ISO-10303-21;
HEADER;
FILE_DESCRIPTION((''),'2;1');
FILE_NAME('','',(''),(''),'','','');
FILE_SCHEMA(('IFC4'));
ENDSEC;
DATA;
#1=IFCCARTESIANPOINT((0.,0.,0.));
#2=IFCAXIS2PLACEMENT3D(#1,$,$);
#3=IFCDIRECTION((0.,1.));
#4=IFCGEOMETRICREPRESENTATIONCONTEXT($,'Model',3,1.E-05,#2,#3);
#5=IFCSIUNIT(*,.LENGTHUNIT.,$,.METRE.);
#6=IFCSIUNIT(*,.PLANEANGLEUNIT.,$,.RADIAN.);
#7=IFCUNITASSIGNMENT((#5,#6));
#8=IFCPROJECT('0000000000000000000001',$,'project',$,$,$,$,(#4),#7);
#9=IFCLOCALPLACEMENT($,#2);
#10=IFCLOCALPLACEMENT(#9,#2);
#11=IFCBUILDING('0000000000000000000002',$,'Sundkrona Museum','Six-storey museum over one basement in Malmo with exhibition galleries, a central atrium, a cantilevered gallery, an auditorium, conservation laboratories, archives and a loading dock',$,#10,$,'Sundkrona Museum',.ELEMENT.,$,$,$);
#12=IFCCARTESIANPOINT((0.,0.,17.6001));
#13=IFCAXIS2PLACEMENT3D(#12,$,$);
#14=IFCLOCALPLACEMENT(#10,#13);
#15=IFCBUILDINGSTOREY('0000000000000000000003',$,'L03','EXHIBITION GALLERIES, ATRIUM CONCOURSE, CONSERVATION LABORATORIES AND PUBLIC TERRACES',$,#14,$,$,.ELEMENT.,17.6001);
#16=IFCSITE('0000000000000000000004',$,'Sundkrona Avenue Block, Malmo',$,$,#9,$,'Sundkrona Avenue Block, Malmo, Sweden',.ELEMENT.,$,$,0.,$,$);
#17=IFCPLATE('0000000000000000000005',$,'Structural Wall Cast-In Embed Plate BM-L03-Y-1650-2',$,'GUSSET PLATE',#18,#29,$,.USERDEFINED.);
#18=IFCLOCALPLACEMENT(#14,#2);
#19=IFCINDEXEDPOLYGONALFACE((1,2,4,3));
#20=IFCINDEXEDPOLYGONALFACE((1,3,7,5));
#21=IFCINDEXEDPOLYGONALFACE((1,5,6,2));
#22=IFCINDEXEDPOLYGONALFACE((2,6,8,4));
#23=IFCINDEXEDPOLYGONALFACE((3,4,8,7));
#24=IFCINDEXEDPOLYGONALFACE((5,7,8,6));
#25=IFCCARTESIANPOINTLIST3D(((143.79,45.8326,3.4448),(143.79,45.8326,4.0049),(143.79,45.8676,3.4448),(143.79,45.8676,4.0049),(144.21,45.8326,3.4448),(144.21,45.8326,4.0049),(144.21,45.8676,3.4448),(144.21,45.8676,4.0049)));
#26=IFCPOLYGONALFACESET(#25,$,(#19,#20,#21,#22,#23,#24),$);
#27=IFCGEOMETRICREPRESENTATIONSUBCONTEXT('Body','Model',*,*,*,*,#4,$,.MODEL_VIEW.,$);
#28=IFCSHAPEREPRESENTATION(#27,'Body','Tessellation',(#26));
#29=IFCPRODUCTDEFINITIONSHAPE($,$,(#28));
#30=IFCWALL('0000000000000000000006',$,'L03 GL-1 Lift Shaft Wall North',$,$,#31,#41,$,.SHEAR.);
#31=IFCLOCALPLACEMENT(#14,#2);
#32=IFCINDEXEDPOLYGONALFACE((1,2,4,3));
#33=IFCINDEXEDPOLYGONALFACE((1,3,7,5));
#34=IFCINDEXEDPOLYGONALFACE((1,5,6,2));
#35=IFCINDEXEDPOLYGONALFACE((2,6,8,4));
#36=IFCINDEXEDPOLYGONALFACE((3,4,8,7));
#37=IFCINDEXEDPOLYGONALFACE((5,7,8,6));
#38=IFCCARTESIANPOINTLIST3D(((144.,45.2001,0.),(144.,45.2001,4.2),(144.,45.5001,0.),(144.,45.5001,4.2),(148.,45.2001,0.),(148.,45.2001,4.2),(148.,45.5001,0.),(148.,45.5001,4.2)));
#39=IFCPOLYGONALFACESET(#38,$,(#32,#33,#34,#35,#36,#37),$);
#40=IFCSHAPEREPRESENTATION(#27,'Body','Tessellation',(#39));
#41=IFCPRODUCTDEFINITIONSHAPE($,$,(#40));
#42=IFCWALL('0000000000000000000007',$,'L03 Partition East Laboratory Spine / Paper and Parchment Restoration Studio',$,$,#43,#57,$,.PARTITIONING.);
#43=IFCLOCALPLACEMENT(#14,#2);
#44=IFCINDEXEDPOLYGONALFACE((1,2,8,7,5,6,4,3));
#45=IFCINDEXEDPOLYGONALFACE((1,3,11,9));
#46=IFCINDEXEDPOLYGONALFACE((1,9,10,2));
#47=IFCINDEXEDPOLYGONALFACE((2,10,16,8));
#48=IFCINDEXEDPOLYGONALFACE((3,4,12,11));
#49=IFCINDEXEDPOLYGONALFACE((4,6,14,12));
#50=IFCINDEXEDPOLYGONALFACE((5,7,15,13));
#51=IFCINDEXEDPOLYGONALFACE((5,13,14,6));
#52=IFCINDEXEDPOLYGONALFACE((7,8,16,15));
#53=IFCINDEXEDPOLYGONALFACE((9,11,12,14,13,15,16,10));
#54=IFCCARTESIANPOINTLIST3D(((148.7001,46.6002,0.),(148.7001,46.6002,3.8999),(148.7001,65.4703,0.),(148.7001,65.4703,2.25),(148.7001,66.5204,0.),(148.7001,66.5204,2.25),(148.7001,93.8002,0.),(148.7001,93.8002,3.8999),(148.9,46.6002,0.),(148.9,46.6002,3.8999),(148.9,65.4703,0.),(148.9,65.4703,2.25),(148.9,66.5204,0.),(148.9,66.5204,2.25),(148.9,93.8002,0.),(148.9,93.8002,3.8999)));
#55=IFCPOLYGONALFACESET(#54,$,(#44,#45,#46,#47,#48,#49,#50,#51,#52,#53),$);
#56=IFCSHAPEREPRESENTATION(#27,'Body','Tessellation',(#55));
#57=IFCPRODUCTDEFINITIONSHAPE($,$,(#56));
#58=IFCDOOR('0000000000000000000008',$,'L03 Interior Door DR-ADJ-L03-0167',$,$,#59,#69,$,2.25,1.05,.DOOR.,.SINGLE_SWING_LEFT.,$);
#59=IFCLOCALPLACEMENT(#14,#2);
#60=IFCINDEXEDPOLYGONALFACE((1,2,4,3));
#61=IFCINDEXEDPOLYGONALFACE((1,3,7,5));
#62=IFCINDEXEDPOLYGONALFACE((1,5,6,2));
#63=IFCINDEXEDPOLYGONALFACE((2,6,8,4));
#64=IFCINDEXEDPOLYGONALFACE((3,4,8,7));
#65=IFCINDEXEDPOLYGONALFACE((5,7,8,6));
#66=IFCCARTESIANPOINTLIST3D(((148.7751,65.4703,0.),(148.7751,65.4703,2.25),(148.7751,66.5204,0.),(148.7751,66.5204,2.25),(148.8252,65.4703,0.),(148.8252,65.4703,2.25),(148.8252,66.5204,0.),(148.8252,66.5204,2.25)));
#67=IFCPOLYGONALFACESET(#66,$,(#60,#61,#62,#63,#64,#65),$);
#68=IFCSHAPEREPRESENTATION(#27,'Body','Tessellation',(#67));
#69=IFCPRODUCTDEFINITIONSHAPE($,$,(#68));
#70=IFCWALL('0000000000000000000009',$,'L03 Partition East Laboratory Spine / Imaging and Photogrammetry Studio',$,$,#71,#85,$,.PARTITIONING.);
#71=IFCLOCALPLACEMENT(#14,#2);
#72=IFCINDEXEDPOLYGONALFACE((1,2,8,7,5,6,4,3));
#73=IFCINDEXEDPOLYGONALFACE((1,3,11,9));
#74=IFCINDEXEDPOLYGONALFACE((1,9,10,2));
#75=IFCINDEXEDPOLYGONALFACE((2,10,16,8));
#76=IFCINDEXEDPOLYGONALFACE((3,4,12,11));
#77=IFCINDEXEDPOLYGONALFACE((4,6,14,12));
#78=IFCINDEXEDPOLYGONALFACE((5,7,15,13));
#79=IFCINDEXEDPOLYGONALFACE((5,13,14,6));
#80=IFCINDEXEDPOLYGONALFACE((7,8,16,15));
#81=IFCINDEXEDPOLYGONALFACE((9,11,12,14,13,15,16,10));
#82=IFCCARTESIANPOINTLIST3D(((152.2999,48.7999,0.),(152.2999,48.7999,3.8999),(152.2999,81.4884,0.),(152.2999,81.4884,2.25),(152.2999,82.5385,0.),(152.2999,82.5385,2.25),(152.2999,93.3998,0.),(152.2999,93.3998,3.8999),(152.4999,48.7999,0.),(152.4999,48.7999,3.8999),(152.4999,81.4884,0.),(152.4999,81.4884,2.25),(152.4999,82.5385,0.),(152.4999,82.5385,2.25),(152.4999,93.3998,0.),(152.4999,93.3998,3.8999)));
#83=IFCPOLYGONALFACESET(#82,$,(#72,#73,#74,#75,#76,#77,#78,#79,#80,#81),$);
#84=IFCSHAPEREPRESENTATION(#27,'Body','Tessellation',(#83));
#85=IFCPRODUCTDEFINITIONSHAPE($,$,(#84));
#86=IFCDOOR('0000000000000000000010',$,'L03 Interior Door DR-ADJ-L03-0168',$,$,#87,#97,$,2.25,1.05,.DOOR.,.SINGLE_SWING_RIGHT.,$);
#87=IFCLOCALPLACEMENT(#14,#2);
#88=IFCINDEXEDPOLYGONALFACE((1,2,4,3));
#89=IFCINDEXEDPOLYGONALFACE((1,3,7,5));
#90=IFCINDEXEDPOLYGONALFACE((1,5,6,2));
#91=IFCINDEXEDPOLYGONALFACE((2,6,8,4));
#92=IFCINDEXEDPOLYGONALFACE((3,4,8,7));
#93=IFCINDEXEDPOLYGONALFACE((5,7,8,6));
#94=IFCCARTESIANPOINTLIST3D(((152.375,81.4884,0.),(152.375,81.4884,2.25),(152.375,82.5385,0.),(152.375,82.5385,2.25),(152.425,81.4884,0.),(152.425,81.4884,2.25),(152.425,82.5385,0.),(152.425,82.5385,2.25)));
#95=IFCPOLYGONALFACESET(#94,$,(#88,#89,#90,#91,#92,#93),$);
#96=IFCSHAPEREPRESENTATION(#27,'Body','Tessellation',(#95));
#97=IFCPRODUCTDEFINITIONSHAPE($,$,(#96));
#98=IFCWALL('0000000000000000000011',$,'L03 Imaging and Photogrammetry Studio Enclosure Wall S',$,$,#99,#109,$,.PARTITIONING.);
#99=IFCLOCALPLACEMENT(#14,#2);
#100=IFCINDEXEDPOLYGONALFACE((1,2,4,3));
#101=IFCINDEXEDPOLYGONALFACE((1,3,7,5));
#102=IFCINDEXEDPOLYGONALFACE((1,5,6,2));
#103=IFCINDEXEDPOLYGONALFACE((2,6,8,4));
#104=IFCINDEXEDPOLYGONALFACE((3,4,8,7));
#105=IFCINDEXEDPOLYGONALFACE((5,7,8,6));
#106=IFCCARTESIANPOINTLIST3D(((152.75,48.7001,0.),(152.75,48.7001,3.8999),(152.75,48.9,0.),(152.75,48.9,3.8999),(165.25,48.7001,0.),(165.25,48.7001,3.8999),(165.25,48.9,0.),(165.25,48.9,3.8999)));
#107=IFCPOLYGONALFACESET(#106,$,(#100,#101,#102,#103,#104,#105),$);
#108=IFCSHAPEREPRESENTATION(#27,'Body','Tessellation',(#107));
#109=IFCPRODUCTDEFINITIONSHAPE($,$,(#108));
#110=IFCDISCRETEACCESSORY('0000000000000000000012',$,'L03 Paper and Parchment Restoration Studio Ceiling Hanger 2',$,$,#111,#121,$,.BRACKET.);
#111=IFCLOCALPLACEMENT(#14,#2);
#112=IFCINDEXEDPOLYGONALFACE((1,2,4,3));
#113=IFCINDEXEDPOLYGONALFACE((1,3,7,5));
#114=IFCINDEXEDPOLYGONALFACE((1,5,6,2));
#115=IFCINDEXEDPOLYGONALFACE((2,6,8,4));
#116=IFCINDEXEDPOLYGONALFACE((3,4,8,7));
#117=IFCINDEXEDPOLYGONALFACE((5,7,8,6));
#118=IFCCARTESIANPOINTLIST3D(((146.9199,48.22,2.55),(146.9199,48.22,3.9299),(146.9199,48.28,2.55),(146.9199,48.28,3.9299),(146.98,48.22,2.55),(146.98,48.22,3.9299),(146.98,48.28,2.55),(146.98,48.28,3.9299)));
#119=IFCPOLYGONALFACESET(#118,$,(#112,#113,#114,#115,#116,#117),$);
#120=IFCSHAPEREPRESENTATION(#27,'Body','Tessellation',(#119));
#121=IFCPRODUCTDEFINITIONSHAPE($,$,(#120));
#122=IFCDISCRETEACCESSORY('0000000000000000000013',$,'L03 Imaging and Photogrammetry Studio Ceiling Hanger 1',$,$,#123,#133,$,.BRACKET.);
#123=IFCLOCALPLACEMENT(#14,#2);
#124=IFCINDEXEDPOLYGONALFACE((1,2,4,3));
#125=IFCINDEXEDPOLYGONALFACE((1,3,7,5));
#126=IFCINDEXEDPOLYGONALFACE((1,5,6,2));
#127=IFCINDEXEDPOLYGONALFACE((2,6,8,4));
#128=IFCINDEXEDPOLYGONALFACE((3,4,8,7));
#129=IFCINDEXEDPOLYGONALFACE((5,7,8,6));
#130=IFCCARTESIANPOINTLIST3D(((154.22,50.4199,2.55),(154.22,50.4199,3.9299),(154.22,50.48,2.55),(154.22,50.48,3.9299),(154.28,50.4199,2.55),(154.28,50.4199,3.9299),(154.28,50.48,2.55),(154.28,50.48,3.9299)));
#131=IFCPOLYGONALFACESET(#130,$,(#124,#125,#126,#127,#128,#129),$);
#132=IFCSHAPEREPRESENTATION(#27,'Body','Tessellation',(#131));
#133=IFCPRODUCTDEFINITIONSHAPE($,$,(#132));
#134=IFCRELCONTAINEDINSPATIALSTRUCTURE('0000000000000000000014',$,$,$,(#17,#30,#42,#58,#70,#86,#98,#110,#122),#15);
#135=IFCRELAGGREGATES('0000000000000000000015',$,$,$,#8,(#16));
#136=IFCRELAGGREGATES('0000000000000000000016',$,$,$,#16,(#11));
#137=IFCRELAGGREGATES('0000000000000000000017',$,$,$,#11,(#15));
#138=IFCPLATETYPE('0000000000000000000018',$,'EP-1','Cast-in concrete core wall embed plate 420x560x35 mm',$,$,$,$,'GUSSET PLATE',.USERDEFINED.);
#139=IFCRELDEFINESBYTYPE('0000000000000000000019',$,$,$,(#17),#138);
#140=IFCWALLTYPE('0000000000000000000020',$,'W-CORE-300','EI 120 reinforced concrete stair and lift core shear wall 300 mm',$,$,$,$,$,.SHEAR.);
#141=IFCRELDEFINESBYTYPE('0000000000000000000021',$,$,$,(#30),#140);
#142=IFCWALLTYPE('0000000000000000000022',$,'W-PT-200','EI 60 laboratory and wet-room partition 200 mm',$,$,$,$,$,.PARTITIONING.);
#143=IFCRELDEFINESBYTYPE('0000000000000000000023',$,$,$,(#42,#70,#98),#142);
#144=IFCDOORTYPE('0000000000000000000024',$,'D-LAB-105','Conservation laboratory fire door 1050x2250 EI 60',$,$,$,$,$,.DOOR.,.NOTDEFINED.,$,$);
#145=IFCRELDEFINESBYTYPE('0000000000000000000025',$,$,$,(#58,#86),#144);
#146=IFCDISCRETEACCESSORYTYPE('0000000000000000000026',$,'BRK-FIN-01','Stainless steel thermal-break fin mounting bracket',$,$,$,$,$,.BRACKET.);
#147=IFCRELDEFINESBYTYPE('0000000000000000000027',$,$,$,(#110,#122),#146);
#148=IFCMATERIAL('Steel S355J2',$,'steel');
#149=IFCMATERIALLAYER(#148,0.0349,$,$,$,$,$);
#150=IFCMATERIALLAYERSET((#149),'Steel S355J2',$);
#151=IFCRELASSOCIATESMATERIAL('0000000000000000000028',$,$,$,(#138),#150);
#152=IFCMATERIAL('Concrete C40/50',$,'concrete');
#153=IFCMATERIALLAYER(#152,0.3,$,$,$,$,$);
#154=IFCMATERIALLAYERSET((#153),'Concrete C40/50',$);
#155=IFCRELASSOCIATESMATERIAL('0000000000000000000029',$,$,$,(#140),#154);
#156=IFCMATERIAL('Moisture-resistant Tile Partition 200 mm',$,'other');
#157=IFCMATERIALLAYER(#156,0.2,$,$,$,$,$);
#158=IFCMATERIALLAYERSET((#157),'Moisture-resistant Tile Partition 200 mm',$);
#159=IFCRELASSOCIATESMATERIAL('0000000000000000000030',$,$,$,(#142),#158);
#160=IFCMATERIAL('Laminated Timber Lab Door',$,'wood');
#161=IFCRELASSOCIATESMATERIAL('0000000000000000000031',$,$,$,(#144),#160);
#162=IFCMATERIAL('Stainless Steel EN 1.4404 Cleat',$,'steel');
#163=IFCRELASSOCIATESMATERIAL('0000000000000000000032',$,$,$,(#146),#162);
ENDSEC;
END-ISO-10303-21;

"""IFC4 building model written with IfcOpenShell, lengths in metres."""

from ifc_helpers import new_model, si_unit, direction, frame, frame_2d, origin, origin_2d, place, context, subcontext, project, spatial, rectangle, extrude, material, layer, layer_set, type_object, element, fill, save


model = new_model("IFC4")

# Units and contexts
model_context = context("Model", 3, precision=1e-05, world=origin(), true_north=direction((0.0, 1.0)))
body_context = subcontext(model_context, "Body", "Model", "MODEL_VIEW")
ifc_project = project(units=[si_unit("LENGTHUNIT", "METRE"), si_unit("PLANEANGLEUNIT", "RADIAN")], contexts=[model_context])

# Site, building, storey
site_placement = place(None, origin())
site = spatial("IfcSite", under=ifc_project, at=site_placement, Name="Sundkrona Avenue Block, Malmo", LongName="Sundkrona Avenue Block, Malmo, Sweden", CompositionType="ELEMENT", RefElevation=0.0)
building_placement = place(site_placement, origin())
building = spatial("IfcBuilding", under=site, at=building_placement, Name="Sundkrona Museum", Description="Six-storey museum over one basement in Malmo with exhibition galleries, a central atrium, a cantilevered gallery, an auditorium, conservation laboratories, archives and a loading dock", LongName="Sundkrona Museum", CompositionType="ELEMENT")
storey_placement = place(building_placement, frame((0.0, 0.0, 17.6001)))
storey = spatial("IfcBuildingStorey", under=building, at=storey_placement, Name="L03", Description="EXHIBITION GALLERIES, ATRIUM CONCOURSE, CONSERVATION LABORATORIES AND PUBLIC TERRACES", CompositionType="ELEMENT", Elevation=17.6001)

# Shared definitions
ifc_material_1 = material(Name="Steel S355J2", Category="steel")

# Plate
ifc_layer_1 = layer(ifc_material_1, 0.0349)
ifc_layer_set_1 = layer_set([ifc_layer_1], Name="Steel S355J2")
plate_type = type_object("IfcPlateType", Name="EP-1", Description="Cast-in concrete core wall embed plate 420x560x35 mm", ElementType="GUSSET PLATE", PredefinedType="USERDEFINED", material=ifc_layer_set_1)
plate_placement = place(storey_placement, frame((144.0, 45.8501, 3.4448), z_axis=(0.0, 0.0, 1.0), x_axis=(1.0, 0.0, 0.0)))
element("IfcPlate", 1, at=plate_placement, inside=storey, type_object=plate_type, Name="Structural Wall Cast-In Embed Plate BM-L03-Y-1650-2", ObjectType="GUSSET PLATE", PredefinedType="USERDEFINED", context=body_context, shape_type="SweptSolid", body=[
    extrude(rectangle(XDim=0.4199, YDim=0.0349, at=origin_2d()), origin(), (0.0, 0.0, 1.0), 0.5601),
])

# Wall
ifc_material_2 = material(Name="Concrete C40/50", Category="concrete")
ifc_layer_2 = layer(ifc_material_2, 0.3)
ifc_layer_set_2 = layer_set([ifc_layer_2], Name="Concrete C40/50")
wall_type_1 = type_object("IfcWallType", Name="W-CORE-300", Description="EI 120 reinforced concrete stair and lift core shear wall 300 mm", PredefinedType="SHEAR", material=ifc_layer_set_2)
wall_1_placement = place(storey_placement, frame((144.0, 45.3501, 0.0), z_axis=(0.0, 0.0, 1.0), x_axis=(1.0, 0.0, 0.0)))
element("IfcWall", 2, at=wall_1_placement, inside=storey, type_object=wall_type_1, Name="L03 GL-1 Lift Shaft Wall North", PredefinedType="SHEAR", context=body_context, shape_type="SweptSolid", body=[
    extrude(rectangle(XDim=4.0, YDim=0.3, at=frame_2d((2.0, 0.0))), origin(), (0.0, 0.0, 1.0), 4.2),
])

# Walls, openings, doors
ifc_material_3 = material(Name="Moisture-resistant Tile Partition 200 mm", Category="other")
ifc_layer_3 = layer(ifc_material_3, 0.2)
ifc_layer_set_3 = layer_set([ifc_layer_3], Name="Moisture-resistant Tile Partition 200 mm")
wall_type_2 = type_object("IfcWallType", Name="W-PT-200", Description="EI 60 laboratory and wet-room partition 200 mm", PredefinedType="PARTITIONING", material=ifc_layer_set_3)
wall_2_placement = place(storey_placement, frame((148.8, 46.6001, 0.0), z_axis=(0.0, 0.0, 1.0), x_axis=(0.0, 1.0, 0.0)))
wall_2 = element("IfcWall", 3, at=wall_2_placement, inside=storey, type_object=wall_type_2, Name="L03 Partition East Laboratory Spine / Paper and Parchment Restoration Studio", PredefinedType="PARTITIONING", context=body_context, shape_type="SweptSolid", body=[
    extrude(rectangle(XDim=47.2, YDim=0.2, at=frame_2d((23.6001, 0.0))), origin(), (0.0, 0.0, 1.0), 3.8999),
])
opening_1_placement = place(wall_2_placement, frame((18.8704, 0.0, 0.0)))
opening_1 = element("IfcOpeningElement", 4, at=opening_1_placement, cuts=wall_2, PredefinedType="OPENING", context=body_context, shape_type="SweptSolid", body=[
    extrude(rectangle(XDim=1.05, YDim=2.25, at=frame_2d((0.5249, 1.125))), frame((0.0, 0.1099, 0.0), z_axis=(0.0, -1.0, 0.0), x_axis=(1.0, 0.0, 0.0)), (0.0, 0.0, 1.0), 0.22),
])
ifc_material_4 = material(Name="Laminated Timber Lab Door", Category="wood")
door_type = type_object("IfcDoorType", Name="D-LAB-105", Description="Conservation laboratory fire door 1050x2250 EI 60", OperationType="NOTDEFINED", PredefinedType="DOOR", material=ifc_material_4)
door_1_placement = place(opening_1_placement, origin())
door_1 = element("IfcDoor", 5, at=door_1_placement, inside=storey, type_object=door_type, Name="L03 Interior Door DR-ADJ-L03-0167", OperationType="SINGLE_SWING_LEFT", OverallHeight=2.25, OverallWidth=1.05, PredefinedType="DOOR", context=body_context, shape_type="SweptSolid", body=[
    extrude(rectangle(XDim=1.05, YDim=2.25, at=frame_2d((0.5249, 1.125))), frame((0.0, 0.0249, 0.0), z_axis=(0.0, -1.0, 0.0), x_axis=(1.0, 0.0, 0.0)), (0.0, 0.0, 1.0), 0.05),
])
fill(opening_1, door_1)
wall_3_placement = place(storey_placement, frame((152.3999, 48.8, 0.0), z_axis=(0.0, 0.0, 1.0), x_axis=(0.0, 1.0, 0.0)))
wall_3 = element("IfcWall", 6, at=wall_3_placement, inside=storey, type_object=wall_type_2, Name="L03 Partition East Laboratory Spine / Imaging and Photogrammetry Studio", PredefinedType="PARTITIONING", context=body_context, shape_type="SweptSolid", body=[
    extrude(rectangle(XDim=44.5999, YDim=0.2, at=frame_2d((22.2998, 0.0))), origin(), (0.0, 0.0, 1.0), 3.8999),
])
opening_2_placement = place(wall_3_placement, frame((32.6885, 0.0, 0.0)))
opening_2 = element("IfcOpeningElement", 7, at=opening_2_placement, cuts=wall_3, PredefinedType="OPENING", context=body_context, shape_type="SweptSolid", body=[
    extrude(rectangle(XDim=1.05, YDim=2.25, at=frame_2d((0.5249, 1.125))), frame((0.0, 0.1099, 0.0), z_axis=(0.0, -1.0, 0.0), x_axis=(1.0, 0.0, 0.0)), (0.0, 0.0, 1.0), 0.22),
])
door_2_placement = place(opening_2_placement, origin())
door_2 = element("IfcDoor", 8, at=door_2_placement, inside=storey, type_object=door_type, Name="L03 Interior Door DR-ADJ-L03-0168", OperationType="SINGLE_SWING_RIGHT", OverallHeight=2.25, OverallWidth=1.05, PredefinedType="DOOR", context=body_context, shape_type="SweptSolid", body=[
    extrude(rectangle(XDim=1.05, YDim=2.25, at=frame_2d((0.5249, 1.125))), frame((0.0, 0.0249, 0.0), z_axis=(0.0, -1.0, 0.0), x_axis=(1.0, 0.0, 0.0)), (0.0, 0.0, 1.0), 0.05),
])
fill(opening_2, door_2)

# Wall
wall_4_placement = place(storey_placement, frame((152.75, 48.8, 0.0), z_axis=(0.0, 0.0, 1.0), x_axis=(1.0, 0.0, 0.0)))
element("IfcWall", 9, at=wall_4_placement, inside=storey, type_object=wall_type_2, Name="L03 Imaging and Photogrammetry Studio Enclosure Wall S", PredefinedType="PARTITIONING", context=body_context, shape_type="SweptSolid", body=[
    extrude(rectangle(XDim=12.5, YDim=0.2, at=frame_2d((6.25, 0.0))), origin(), (0.0, 0.0, 1.0), 3.8999),
])

# Discrete accessories
ifc_material_5 = material(Name="Stainless Steel EN 1.4404 Cleat", Category="steel")
discrete_accessory_type = type_object("IfcDiscreteAccessoryType", Name="BRK-FIN-01", Description="Stainless steel thermal-break fin mounting bracket", PredefinedType="BRACKET", material=ifc_material_5)
for number, where, z_axis, x_axis, name in (
    (10, (146.95, 48.25, 2.55), (0.0, 0.0, 1.0), (1.0, 0.0, 0.0), "L03 Paper and Parchment Restoration Studio Ceiling Hanger 2"),
    (11, (154.25, 50.45, 2.55), (0.0, 0.0, 1.0), (1.0, 0.0, 0.0), "L03 Imaging and Photogrammetry Studio Ceiling Hanger 1"),
):
    element("IfcDiscreteAccessory", number, at=place(storey_placement, frame(where, z_axis=z_axis, x_axis=x_axis)), inside=storey, type_object=discrete_accessory_type, Name=name, PredefinedType="BRACKET", context=body_context, shape_type="SweptSolid", body=[
        extrude(rectangle(XDim=0.0601, YDim=0.0601, at=origin_2d()), origin(), (0.0, 0.0, 1.0), 1.3799),
    ])

save(model, "model.ifc")
